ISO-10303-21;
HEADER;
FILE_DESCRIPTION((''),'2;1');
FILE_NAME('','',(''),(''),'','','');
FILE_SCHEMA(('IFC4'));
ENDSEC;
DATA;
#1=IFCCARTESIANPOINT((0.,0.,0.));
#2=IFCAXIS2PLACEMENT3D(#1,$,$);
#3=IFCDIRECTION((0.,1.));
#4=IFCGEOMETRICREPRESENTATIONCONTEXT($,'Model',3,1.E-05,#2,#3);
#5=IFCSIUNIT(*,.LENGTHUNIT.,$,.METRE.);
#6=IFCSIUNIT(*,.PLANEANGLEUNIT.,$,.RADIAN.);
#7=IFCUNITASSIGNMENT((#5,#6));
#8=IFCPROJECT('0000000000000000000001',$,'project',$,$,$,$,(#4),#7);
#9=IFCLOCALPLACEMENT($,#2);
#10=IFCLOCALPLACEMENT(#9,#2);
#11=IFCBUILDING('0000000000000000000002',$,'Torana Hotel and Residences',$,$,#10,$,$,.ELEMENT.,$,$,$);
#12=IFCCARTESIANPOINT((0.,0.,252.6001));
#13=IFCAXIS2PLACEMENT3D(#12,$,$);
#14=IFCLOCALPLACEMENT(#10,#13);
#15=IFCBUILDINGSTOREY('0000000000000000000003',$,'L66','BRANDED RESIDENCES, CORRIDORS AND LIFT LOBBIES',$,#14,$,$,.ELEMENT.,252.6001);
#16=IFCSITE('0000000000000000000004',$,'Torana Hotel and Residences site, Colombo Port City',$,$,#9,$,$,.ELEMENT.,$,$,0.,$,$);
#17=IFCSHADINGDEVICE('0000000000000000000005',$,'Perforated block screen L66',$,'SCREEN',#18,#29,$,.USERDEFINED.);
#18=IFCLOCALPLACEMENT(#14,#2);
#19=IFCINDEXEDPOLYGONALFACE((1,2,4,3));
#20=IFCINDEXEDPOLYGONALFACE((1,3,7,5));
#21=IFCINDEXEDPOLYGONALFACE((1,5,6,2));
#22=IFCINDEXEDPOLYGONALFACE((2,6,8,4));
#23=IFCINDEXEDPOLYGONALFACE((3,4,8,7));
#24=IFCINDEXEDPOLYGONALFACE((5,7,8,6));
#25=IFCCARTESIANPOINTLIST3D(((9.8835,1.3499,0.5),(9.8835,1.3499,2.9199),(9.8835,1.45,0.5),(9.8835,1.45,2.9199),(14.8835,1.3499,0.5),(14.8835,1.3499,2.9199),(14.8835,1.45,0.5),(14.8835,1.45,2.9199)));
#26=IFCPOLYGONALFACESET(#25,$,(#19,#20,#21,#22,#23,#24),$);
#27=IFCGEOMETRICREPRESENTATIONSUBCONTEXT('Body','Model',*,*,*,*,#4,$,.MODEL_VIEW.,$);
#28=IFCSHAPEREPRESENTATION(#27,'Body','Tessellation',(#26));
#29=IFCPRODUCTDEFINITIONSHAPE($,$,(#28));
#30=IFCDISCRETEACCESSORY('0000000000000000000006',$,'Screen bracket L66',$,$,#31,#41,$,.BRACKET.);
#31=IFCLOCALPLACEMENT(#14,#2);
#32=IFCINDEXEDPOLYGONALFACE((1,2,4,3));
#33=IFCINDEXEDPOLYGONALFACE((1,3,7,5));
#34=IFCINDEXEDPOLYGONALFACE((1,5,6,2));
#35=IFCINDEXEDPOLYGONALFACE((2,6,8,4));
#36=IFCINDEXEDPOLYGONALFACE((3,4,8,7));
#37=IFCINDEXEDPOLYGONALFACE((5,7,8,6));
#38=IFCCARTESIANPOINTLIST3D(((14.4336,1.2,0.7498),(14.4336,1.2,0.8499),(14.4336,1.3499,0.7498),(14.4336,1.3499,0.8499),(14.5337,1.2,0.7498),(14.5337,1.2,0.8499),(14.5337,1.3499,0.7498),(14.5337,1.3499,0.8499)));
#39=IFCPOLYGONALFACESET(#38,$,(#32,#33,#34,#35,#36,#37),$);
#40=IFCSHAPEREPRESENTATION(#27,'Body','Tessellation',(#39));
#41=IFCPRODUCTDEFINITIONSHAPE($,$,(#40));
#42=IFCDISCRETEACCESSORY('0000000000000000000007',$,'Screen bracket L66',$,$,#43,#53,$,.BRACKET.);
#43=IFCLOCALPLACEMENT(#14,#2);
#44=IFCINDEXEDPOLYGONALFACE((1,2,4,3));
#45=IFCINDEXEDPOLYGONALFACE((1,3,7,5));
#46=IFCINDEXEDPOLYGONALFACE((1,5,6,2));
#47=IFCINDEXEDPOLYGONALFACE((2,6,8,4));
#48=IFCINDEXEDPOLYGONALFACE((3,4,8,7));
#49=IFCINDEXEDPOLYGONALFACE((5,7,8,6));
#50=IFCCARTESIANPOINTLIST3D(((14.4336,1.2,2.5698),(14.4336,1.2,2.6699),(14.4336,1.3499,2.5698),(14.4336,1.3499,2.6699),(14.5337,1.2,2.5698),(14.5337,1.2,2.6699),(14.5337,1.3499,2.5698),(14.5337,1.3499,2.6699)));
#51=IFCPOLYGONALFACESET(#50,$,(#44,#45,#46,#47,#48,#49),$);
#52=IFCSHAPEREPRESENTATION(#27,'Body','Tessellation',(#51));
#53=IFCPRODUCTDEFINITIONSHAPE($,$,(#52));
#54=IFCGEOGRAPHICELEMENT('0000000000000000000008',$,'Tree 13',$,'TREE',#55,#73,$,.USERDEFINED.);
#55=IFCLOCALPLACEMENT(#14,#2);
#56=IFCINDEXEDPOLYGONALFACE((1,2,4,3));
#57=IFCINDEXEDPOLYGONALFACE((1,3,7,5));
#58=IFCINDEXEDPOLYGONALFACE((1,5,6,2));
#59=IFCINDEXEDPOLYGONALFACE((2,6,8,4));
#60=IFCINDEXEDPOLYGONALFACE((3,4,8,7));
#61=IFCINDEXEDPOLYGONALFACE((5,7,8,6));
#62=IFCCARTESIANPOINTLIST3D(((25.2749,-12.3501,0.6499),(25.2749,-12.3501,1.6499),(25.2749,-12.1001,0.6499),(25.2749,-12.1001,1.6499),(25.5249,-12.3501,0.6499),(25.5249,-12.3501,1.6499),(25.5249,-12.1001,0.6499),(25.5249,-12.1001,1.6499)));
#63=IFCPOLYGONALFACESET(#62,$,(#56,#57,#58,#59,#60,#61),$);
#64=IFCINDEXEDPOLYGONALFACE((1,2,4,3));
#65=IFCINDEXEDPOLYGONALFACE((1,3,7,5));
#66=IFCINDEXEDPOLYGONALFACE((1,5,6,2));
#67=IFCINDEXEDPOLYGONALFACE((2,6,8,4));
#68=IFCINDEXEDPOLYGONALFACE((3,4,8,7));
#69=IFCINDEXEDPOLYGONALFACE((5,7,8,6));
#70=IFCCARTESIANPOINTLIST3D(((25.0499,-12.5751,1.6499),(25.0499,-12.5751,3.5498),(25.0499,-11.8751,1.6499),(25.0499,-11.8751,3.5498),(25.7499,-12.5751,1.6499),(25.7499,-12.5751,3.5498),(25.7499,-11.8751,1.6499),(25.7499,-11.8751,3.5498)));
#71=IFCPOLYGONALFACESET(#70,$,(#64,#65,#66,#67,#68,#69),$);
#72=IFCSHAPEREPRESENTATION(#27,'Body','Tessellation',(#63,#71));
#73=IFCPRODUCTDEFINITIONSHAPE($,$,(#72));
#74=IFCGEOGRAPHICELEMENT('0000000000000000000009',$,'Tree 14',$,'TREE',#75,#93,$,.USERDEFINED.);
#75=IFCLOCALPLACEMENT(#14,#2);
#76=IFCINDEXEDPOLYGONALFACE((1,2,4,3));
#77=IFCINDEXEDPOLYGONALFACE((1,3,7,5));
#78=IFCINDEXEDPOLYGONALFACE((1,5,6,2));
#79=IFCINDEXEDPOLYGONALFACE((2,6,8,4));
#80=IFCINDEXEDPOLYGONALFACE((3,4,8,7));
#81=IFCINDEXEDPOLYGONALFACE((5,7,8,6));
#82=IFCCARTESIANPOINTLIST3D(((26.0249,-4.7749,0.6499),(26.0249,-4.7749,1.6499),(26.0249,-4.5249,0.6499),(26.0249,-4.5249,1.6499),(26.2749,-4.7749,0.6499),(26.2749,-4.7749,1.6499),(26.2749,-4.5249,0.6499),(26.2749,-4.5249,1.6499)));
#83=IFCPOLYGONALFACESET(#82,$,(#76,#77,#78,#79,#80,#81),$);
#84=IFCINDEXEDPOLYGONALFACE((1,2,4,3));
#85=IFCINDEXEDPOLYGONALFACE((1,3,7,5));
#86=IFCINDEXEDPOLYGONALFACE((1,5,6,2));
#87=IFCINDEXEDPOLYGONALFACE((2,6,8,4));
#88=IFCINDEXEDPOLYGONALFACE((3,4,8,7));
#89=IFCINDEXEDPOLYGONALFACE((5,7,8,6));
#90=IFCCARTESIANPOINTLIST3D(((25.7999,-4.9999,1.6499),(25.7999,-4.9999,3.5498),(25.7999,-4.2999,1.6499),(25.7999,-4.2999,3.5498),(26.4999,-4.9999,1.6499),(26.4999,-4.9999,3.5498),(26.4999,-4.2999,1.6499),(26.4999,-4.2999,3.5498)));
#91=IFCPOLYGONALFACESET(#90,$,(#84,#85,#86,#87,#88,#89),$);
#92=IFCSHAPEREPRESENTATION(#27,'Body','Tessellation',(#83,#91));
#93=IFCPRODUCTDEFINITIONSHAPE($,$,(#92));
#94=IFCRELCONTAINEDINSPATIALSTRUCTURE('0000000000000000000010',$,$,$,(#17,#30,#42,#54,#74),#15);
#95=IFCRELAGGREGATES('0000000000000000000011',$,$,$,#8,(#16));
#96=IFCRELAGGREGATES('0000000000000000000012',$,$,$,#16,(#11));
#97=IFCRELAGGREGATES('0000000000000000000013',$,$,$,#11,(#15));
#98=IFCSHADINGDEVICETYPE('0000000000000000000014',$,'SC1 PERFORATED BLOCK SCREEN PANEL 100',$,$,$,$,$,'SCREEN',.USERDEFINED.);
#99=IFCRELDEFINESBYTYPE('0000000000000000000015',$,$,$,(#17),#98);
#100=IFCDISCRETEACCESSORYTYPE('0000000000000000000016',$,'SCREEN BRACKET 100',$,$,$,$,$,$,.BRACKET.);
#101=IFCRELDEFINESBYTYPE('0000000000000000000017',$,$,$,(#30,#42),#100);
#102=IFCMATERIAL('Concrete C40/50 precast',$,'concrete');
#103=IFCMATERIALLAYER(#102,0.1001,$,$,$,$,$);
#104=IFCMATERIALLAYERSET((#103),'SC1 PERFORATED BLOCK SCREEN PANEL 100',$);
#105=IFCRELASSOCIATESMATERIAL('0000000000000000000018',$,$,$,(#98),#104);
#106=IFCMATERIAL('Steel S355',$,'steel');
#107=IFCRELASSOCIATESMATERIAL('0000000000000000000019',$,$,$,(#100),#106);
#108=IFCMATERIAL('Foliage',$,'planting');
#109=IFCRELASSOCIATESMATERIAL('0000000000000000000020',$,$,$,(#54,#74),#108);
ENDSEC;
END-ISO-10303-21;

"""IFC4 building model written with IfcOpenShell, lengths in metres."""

from ifc_helpers import new_model, si_unit, direction, frame, origin, origin_2d, place, context, subcontext, project, spatial, rectangle, extrude, material, layer, layer_set, type_object, element, save


model = new_model("IFC4")

# Units and contexts
model_context = context("Model", 3, precision=1e-05, world=origin(), true_north=direction((0.0, 1.0)))
body_context = subcontext(model_context, "Body", "Model", "MODEL_VIEW")
ifc_project = project(units=[si_unit("LENGTHUNIT", "METRE"), si_unit("PLANEANGLEUNIT", "RADIAN")], contexts=[model_context])

# Site, building, storey
site_placement = place(None, origin())
site = spatial("IfcSite", under=ifc_project, at=site_placement, Name="Torana Hotel and Residences site, Colombo Port City", CompositionType="ELEMENT", RefElevation=0.0)
building_placement = place(site_placement, origin())
building = spatial("IfcBuilding", under=site, at=building_placement, Name="Torana Hotel and Residences", CompositionType="ELEMENT")
storey_placement = place(building_placement, frame((0.0, 0.0, 252.6001)))
storey = spatial("IfcBuildingStorey", under=building, at=storey_placement, Name="L66", Description="BRANDED RESIDENCES, CORRIDORS AND LIFT LOBBIES", CompositionType="ELEMENT", Elevation=252.6001)

# Shading device
ifc_material_1 = material(Name="Concrete C40/50 precast", Category="concrete")
ifc_layer_1 = layer(ifc_material_1, 0.1001)
ifc_layer_set_1 = layer_set([ifc_layer_1], Name="SC1 PERFORATED BLOCK SCREEN PANEL 100")
shading_device_type_1 = type_object("IfcShadingDeviceType", Name="SC1 PERFORATED BLOCK SCREEN PANEL 100", ElementType="SCREEN", PredefinedType="USERDEFINED", material=ifc_layer_set_1)
shading_device_1_placement = place(storey_placement, frame((12.3835, 1.3999, 0.5), z_axis=(0.0, 0.0, 1.0), x_axis=(-1.0, 0.0, 0.0)))
element("IfcShadingDevice", 1, at=shading_device_1_placement, inside=storey, type_object=shading_device_type_1, Name="Perforated block screen L66", ObjectType="SCREEN", PredefinedType="USERDEFINED", context=body_context, shape_type="SweptSolid", body=[
    extrude(rectangle(XDim=5.0, YDim=0.1001, at=origin_2d()), origin(), (0.0, 0.0, 1.0), 2.4199),
])

# Discrete accessories
ifc_material_2 = material(Name="Steel S355", Category="steel")
discrete_accessory_type = type_object("IfcDiscreteAccessoryType", Name="SCREEN BRACKET 100", PredefinedType="BRACKET", material=ifc_material_2)
for number, where, z_axis, x_axis, name in (
    (2, (14.4836, 1.2749, 0.7498), (0.0, 0.0, 1.0), (-1.0, 0.0, 0.0), "Screen bracket L66"),
    (3, (14.4836, 1.2749, 2.5698), (0.0, 0.0, 1.0), (-1.0, 0.0, 0.0), "Screen bracket L66"),
):
    element("IfcDiscreteAccessory", number, at=place(storey_placement, frame(where, z_axis=z_axis, x_axis=x_axis)), inside=storey, type_object=discrete_accessory_type, Name=name, PredefinedType="BRACKET", context=body_context, shape_type="SweptSolid", body=[
        extrude(rectangle(XDim=0.1001, YDim=0.1499, at=origin_2d()), origin(), (0.0, 0.0, 1.0), 0.1001),
    ])

# Geographic elements
ifc_material_3 = material(Name="Foliage", Category="planting")
for number, where, z_axis, x_axis, name in (
    (4, (25.3999, -12.2251, 0.6499), (0.0, 0.0, 1.0), (1.0, 0.0, 0.0), "Tree 13"),
    (5, (26.1499, -4.6499, 0.6499), (0.0, 0.0, 1.0), (1.0, 0.0, 0.0), "Tree 14"),
):
    element("IfcGeographicElement", number, at=place(storey_placement, frame(where, z_axis=z_axis, x_axis=x_axis)), inside=storey, material=ifc_material_3, Name=name, ObjectType="TREE", PredefinedType="USERDEFINED", context=body_context, shape_type="SweptSolid", body=[
        extrude(rectangle(XDim=0.25, YDim=0.25, at=origin_2d()), origin(), (0.0, 0.0, 1.0), 1.0),
        extrude(rectangle(XDim=0.7, YDim=0.7, at=origin_2d()), frame((0.0, 0.0, 1.0)), (0.0, 0.0, 1.0), 1.8999),
    ])

save(model, "model.ifc")
